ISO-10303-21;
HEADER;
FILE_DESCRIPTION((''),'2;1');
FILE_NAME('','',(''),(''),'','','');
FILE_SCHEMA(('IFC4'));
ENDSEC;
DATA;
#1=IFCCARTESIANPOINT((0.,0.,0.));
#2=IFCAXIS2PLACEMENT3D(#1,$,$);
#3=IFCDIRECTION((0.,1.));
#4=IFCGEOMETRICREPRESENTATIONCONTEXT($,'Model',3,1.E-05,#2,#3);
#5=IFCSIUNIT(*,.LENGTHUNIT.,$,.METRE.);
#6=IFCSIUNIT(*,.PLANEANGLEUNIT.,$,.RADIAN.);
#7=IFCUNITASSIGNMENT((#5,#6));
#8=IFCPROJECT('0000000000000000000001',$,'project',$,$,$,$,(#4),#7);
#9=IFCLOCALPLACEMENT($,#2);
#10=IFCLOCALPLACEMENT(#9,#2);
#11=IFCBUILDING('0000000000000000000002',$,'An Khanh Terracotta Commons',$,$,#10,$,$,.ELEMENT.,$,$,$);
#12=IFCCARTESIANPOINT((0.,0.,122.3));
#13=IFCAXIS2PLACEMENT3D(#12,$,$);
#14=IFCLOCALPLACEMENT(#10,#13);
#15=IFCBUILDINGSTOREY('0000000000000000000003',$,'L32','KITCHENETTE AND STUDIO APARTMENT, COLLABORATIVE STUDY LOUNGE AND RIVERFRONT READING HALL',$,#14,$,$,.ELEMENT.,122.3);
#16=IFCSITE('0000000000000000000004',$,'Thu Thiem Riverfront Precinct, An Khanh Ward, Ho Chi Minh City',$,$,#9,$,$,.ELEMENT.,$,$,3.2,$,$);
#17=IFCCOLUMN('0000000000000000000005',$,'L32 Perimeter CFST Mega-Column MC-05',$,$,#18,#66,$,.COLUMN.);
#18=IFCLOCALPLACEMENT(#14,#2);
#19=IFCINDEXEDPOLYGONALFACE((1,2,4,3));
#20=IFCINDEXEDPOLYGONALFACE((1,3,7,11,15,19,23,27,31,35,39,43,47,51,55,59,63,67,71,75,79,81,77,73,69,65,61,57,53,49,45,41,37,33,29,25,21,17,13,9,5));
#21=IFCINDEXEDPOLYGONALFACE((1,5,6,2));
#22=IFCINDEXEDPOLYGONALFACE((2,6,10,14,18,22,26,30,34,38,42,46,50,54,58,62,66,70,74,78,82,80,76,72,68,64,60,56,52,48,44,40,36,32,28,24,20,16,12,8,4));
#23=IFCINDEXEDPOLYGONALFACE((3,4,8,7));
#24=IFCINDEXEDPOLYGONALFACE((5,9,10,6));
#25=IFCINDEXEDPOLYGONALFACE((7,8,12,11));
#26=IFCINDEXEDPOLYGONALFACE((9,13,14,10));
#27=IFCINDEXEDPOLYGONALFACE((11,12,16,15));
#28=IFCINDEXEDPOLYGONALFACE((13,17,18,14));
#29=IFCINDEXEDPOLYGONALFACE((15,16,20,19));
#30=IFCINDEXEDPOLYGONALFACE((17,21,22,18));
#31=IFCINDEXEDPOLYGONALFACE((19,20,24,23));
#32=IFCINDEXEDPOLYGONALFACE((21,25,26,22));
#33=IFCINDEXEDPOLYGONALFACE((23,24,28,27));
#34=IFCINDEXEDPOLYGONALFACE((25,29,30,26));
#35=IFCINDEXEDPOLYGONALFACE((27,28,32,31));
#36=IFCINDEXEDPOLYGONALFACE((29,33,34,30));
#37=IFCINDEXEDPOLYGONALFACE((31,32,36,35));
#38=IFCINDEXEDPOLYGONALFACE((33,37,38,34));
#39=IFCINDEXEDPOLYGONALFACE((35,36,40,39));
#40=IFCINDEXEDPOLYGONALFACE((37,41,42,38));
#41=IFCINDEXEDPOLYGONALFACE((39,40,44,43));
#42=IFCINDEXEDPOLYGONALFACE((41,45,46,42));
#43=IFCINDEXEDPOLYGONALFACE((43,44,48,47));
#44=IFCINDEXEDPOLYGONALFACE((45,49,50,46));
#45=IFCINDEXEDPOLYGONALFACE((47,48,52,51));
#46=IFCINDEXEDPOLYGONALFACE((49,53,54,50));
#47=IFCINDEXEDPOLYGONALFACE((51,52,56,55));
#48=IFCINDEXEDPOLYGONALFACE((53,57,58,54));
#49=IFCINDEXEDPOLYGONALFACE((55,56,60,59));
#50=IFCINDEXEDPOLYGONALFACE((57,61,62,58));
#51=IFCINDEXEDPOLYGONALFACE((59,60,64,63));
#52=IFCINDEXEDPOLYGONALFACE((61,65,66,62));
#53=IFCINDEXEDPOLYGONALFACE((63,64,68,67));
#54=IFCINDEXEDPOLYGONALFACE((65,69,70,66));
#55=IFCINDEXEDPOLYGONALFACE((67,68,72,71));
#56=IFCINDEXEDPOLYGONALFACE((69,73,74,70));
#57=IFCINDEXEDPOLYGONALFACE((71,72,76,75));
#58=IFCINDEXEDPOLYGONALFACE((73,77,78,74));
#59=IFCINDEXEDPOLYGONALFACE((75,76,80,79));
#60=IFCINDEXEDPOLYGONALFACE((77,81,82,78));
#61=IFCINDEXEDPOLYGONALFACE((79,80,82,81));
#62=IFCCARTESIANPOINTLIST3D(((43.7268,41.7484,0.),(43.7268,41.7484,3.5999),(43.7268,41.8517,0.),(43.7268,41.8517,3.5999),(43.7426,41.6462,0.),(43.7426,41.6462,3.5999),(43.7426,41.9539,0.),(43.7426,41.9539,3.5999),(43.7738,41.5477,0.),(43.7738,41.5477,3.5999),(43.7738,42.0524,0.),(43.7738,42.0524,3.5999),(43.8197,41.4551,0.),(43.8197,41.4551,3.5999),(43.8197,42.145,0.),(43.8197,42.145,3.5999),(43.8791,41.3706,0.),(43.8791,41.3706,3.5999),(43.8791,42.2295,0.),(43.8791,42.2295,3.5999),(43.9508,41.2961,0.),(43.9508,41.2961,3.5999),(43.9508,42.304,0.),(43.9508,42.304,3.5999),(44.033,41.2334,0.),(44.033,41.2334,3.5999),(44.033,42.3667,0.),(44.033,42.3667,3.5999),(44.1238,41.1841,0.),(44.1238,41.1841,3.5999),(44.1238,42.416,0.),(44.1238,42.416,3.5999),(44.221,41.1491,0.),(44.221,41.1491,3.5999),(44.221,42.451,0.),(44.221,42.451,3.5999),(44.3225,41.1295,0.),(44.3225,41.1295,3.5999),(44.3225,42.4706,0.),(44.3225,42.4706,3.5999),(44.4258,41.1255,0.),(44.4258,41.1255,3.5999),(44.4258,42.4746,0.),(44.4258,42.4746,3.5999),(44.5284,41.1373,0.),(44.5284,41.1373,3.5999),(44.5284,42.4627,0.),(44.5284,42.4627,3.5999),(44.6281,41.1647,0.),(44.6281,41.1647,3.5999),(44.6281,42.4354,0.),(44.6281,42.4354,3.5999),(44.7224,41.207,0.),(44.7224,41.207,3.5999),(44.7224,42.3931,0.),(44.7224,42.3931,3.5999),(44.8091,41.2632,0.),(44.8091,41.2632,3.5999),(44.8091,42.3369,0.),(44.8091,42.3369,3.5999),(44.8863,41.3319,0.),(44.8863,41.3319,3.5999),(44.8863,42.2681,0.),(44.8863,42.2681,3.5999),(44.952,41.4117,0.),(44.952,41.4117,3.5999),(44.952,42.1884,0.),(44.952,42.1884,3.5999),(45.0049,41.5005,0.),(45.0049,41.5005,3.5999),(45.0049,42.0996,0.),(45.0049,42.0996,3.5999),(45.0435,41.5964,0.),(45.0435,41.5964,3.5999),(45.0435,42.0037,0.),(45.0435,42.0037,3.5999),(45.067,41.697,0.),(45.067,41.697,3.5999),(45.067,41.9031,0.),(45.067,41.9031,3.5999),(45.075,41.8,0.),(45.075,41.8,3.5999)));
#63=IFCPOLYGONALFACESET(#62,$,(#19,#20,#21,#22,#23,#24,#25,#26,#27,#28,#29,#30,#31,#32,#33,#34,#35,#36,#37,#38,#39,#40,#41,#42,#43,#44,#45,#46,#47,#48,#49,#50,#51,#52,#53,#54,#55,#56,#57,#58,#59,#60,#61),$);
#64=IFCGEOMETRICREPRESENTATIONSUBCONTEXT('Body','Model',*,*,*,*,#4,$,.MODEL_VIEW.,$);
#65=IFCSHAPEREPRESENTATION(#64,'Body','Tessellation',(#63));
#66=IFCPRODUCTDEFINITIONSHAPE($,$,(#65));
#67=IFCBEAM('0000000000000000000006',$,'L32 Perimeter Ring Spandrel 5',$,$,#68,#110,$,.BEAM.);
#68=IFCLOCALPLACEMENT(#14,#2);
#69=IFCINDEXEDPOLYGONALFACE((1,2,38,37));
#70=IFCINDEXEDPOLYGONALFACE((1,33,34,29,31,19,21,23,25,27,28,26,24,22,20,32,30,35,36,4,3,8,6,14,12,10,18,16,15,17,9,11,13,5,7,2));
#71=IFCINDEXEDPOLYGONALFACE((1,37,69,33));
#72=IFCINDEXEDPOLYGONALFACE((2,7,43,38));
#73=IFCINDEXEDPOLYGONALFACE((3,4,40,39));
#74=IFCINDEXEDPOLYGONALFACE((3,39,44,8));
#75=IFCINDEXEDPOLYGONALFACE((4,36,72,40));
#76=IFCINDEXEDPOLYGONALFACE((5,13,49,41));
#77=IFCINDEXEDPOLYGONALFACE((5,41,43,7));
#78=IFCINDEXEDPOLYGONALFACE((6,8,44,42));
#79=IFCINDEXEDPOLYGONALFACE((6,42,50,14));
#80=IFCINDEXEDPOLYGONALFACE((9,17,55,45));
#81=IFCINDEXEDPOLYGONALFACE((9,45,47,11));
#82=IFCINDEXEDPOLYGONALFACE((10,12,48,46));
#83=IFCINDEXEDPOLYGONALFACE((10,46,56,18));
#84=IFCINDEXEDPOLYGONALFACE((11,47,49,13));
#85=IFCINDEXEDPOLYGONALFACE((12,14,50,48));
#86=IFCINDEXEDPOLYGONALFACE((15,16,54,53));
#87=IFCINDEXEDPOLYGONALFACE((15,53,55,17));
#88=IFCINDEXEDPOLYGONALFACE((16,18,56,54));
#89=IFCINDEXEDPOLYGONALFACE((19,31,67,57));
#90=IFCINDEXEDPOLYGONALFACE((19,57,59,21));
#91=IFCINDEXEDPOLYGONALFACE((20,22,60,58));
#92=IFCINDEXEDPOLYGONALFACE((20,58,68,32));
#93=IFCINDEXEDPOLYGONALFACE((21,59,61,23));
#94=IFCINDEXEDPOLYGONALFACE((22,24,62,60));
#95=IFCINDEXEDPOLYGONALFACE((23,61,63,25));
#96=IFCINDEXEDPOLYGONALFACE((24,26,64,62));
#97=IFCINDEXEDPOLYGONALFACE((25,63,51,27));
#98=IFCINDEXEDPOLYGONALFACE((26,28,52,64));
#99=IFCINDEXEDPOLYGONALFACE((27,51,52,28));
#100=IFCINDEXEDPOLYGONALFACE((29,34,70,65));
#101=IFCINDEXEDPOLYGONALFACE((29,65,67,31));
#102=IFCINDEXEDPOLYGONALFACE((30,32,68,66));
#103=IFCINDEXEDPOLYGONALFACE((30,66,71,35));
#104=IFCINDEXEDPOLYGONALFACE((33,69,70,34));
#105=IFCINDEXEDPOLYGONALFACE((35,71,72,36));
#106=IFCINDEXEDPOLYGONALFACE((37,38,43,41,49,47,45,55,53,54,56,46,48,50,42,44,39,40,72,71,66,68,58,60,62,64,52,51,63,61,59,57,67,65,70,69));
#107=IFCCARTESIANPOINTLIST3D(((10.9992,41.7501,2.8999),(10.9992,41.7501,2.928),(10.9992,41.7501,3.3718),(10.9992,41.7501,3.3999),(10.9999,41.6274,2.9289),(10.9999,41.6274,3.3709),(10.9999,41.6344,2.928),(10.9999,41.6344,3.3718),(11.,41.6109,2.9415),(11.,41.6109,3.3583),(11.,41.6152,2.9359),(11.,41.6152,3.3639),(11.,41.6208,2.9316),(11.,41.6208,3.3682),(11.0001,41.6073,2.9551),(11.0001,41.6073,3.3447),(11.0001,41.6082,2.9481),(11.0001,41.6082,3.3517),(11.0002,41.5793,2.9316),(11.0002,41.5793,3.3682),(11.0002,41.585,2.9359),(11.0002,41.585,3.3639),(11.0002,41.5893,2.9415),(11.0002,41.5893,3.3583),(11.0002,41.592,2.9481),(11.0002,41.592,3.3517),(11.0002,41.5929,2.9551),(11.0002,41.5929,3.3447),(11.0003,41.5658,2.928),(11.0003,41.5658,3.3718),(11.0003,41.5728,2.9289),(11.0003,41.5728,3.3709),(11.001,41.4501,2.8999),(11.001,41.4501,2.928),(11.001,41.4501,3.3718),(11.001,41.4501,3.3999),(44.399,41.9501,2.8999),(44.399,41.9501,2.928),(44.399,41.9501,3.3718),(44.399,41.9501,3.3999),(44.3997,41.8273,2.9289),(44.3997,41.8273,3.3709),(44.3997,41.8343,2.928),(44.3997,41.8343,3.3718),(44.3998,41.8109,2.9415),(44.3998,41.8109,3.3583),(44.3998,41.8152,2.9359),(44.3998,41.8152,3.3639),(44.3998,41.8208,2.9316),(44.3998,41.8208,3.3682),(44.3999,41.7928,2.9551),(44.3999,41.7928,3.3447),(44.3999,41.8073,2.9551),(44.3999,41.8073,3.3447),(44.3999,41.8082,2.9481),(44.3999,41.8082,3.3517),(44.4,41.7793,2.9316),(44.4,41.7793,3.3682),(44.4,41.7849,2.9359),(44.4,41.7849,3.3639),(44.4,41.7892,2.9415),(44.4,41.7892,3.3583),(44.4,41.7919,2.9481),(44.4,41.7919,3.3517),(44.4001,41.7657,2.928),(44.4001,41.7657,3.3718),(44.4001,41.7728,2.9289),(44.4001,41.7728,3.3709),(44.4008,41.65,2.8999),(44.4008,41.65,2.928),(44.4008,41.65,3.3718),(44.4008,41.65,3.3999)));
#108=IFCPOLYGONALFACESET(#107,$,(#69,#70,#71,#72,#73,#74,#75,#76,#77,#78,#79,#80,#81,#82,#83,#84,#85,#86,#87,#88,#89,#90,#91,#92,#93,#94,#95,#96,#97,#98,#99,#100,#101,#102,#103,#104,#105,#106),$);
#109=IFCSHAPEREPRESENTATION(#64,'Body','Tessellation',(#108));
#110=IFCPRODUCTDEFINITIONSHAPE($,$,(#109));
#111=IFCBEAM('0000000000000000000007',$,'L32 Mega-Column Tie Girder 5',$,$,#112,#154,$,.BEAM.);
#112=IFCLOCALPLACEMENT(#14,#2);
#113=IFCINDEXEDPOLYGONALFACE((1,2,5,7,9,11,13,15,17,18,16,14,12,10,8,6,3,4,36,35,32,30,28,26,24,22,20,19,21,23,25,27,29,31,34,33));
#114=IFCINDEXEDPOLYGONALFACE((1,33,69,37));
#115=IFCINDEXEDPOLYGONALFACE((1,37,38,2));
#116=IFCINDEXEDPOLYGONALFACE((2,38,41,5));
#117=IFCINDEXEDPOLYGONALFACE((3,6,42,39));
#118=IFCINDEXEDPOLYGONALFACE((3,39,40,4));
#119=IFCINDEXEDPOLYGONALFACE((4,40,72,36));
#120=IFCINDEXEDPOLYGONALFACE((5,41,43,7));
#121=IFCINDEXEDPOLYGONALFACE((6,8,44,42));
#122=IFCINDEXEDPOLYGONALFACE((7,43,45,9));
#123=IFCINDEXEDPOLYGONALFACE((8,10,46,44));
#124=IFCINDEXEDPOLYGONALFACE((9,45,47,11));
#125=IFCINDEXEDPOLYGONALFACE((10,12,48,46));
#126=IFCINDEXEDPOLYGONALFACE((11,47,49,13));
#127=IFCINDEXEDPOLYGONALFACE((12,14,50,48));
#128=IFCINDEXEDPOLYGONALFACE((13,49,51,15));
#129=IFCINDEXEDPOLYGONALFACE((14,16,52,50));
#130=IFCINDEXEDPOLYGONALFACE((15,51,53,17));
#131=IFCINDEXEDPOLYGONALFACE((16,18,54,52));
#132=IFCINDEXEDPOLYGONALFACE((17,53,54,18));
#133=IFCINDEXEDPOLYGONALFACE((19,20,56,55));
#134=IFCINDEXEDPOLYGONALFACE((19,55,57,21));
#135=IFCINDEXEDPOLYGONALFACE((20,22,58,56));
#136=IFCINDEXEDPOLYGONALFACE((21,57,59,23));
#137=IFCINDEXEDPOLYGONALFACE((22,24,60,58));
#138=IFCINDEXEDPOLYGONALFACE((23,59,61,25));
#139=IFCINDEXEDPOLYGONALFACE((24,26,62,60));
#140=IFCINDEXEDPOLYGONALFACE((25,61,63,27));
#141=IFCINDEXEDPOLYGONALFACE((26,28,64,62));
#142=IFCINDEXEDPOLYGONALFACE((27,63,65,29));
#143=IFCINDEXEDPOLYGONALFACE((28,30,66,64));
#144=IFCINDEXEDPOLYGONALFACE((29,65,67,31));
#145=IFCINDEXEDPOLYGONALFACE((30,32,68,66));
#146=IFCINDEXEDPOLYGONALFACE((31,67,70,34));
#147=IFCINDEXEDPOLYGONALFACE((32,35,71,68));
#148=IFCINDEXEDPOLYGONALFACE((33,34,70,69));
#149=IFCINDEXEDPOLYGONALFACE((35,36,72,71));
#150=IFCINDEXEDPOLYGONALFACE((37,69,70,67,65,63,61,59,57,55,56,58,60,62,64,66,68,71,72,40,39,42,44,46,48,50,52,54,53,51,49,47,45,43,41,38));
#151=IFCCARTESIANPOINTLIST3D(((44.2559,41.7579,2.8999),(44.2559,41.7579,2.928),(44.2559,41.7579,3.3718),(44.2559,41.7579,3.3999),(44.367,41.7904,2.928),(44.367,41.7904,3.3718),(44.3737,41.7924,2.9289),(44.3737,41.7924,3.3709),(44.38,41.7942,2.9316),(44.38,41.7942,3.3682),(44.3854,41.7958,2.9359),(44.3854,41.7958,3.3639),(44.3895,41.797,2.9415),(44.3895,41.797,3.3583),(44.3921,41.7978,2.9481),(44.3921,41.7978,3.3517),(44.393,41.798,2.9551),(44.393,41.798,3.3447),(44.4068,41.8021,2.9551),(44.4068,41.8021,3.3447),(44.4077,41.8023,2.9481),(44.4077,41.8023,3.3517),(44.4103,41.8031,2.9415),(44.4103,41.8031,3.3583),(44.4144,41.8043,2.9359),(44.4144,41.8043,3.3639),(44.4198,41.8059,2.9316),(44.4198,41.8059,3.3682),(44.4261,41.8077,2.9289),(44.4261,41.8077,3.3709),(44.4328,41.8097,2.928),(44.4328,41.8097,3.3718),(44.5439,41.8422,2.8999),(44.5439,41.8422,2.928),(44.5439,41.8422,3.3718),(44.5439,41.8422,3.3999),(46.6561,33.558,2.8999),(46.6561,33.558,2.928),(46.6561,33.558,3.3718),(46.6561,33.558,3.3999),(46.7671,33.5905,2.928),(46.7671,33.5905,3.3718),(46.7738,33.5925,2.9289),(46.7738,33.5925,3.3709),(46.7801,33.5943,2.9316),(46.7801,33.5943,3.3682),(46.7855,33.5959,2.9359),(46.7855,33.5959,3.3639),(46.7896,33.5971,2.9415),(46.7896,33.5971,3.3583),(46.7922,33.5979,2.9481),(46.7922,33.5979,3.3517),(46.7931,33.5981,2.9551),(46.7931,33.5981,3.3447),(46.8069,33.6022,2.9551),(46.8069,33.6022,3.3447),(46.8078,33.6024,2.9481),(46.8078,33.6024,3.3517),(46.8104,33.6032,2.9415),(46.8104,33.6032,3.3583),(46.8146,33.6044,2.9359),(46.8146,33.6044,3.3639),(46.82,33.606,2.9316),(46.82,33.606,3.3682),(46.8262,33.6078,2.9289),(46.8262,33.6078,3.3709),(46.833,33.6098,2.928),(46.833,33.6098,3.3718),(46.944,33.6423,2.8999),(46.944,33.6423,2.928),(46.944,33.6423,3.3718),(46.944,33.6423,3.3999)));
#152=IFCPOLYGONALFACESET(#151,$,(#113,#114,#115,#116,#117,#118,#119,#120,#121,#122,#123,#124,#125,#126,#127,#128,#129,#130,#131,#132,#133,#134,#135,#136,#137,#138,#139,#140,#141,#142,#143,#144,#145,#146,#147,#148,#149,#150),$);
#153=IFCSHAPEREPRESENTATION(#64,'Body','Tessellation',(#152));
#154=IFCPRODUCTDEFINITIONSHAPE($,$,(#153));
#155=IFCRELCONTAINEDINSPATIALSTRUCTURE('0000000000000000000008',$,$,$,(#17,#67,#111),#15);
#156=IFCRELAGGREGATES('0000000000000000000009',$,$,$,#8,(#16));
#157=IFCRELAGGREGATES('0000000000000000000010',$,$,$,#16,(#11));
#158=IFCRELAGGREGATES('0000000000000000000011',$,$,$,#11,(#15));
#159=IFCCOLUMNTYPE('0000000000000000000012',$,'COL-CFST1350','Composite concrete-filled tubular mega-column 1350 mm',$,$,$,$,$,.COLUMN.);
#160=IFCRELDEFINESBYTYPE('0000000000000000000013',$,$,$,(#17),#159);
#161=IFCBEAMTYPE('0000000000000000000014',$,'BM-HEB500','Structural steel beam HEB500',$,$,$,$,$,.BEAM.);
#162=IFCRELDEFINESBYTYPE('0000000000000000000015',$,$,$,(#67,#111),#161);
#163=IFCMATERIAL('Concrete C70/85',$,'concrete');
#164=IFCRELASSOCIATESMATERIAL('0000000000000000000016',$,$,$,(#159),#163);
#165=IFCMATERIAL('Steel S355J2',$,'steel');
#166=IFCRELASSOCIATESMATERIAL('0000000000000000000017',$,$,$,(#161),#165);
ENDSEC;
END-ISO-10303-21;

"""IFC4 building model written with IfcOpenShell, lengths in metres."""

from ifc_helpers import new_model, si_unit, direction, frame, origin, origin_2d, place, context, subcontext, project, spatial, circle, i_section, extrude, material, material_profile, profile_set, type_object, element, save


model = new_model("IFC4")

# Units and contexts
model_context = context("Model", 3, precision=1e-05, world=origin(), true_north=direction((0.0, 1.0)))
body_context = subcontext(model_context, "Body", "Model", "MODEL_VIEW")
ifc_project = project(units=[si_unit("LENGTHUNIT", "METRE"), si_unit("PLANEANGLEUNIT", "RADIAN")], contexts=[model_context])

# Site, building, storey
site_placement = place(None, origin())
site = spatial("IfcSite", under=ifc_project, at=site_placement, Name="Thu Thiem Riverfront Precinct, An Khanh Ward, Ho Chi Minh City", CompositionType="ELEMENT", RefElevation=3.2)
building_placement = place(site_placement, origin())
building = spatial("IfcBuilding", under=site, at=building_placement, Name="An Khanh Terracotta Commons", CompositionType="ELEMENT")
storey_placement = place(building_placement, frame((0.0, 0.0, 122.3)))
storey = spatial("IfcBuildingStorey", under=building, at=storey_placement, Name="L32", Description="KITCHENETTE AND STUDIO APARTMENT, COLLABORATIVE STUDY LOUNGE AND RIVERFRONT READING HALL", CompositionType="ELEMENT", Elevation=122.3)

# Column
ifc_material_1 = material(Name="Concrete C70/85", Category="concrete")
ifc_material_profile_1 = material_profile(ifc_material_1, circle(Radius=0.675, at=origin_2d()), Name="CFST1350")
ifc_profile_set_1 = profile_set([ifc_material_profile_1], Name="Concrete C70/85")
column_type = type_object("IfcColumnType", Name="COL-CFST1350", Description="Composite concrete-filled tubular mega-column 1350 mm", PredefinedType="COLUMN", material=ifc_profile_set_1)
column_placement = place(storey_placement, frame((44.3999, 41.8, 0.0), z_axis=(0.0, 0.0, 1.0), x_axis=(1.0, 0.0, 0.0)))
element("IfcColumn", 1, at=column_placement, inside=storey, type_object=column_type, Name="L32 Perimeter CFST Mega-Column MC-05", PredefinedType="COLUMN", context=body_context, shape_type="SweptSolid", body=[
    extrude(circle(Radius=0.675, at=origin_2d()), origin(), (0.0, 0.0, 1.0), 3.5999),
])

# Beams
ifc_material_2 = material(Name="Steel S355J2", Category="steel")
ifc_material_profile_2 = material_profile(ifc_material_2, i_section(OverallWidth=0.3, OverallDepth=0.5, WebThickness=0.0144, FlangeThickness=0.0281, FilletRadius=0.0271, at=origin_2d()), Name="HEB500")
ifc_profile_set_2 = profile_set([ifc_material_profile_2], Name="Steel S355J2")
beam_type = type_object("IfcBeamType", Name="BM-HEB500", Description="Structural steel beam HEB500", PredefinedType="BEAM", material=ifc_profile_set_2)
beam_1_placement = place(storey_placement, frame((44.3999, 41.8, 3.1499), z_axis=(-0.999982, -0.005986, 0.0), x_axis=(0.005986, -0.999982, 0.0)))
element("IfcBeam", 2, at=beam_1_placement, inside=storey, type_object=beam_type, Name="L32 Perimeter Ring Spandrel 5", PredefinedType="BEAM", context=body_context, shape_type="SweptSolid", body=[
    extrude(i_section(OverallWidth=0.3, OverallDepth=0.5, WebThickness=0.0144, FlangeThickness=0.0281, FilletRadius=0.0271, at=origin_2d()), origin(), (0.0, 0.0, 1.0), 33.4004),
])
beam_2_placement = place(storey_placement, frame((44.3999, 41.8, 3.1499), z_axis=(0.280916, -0.959732, 0.0), x_axis=(0.959732, 0.280916, 0.0)))
element("IfcBeam", 3, at=beam_2_placement, inside=storey, type_object=beam_type, Name="L32 Mega-Column Tie Girder 5", PredefinedType="BEAM", context=body_context, shape_type="SweptSolid", body=[
    extrude(i_section(OverallWidth=0.3, OverallDepth=0.5, WebThickness=0.0144, FlangeThickness=0.0281, FilletRadius=0.0271, at=origin_2d()), origin(), (0.0, 0.0, 1.0), 8.5439),
])

save(model, "model.ifc")
